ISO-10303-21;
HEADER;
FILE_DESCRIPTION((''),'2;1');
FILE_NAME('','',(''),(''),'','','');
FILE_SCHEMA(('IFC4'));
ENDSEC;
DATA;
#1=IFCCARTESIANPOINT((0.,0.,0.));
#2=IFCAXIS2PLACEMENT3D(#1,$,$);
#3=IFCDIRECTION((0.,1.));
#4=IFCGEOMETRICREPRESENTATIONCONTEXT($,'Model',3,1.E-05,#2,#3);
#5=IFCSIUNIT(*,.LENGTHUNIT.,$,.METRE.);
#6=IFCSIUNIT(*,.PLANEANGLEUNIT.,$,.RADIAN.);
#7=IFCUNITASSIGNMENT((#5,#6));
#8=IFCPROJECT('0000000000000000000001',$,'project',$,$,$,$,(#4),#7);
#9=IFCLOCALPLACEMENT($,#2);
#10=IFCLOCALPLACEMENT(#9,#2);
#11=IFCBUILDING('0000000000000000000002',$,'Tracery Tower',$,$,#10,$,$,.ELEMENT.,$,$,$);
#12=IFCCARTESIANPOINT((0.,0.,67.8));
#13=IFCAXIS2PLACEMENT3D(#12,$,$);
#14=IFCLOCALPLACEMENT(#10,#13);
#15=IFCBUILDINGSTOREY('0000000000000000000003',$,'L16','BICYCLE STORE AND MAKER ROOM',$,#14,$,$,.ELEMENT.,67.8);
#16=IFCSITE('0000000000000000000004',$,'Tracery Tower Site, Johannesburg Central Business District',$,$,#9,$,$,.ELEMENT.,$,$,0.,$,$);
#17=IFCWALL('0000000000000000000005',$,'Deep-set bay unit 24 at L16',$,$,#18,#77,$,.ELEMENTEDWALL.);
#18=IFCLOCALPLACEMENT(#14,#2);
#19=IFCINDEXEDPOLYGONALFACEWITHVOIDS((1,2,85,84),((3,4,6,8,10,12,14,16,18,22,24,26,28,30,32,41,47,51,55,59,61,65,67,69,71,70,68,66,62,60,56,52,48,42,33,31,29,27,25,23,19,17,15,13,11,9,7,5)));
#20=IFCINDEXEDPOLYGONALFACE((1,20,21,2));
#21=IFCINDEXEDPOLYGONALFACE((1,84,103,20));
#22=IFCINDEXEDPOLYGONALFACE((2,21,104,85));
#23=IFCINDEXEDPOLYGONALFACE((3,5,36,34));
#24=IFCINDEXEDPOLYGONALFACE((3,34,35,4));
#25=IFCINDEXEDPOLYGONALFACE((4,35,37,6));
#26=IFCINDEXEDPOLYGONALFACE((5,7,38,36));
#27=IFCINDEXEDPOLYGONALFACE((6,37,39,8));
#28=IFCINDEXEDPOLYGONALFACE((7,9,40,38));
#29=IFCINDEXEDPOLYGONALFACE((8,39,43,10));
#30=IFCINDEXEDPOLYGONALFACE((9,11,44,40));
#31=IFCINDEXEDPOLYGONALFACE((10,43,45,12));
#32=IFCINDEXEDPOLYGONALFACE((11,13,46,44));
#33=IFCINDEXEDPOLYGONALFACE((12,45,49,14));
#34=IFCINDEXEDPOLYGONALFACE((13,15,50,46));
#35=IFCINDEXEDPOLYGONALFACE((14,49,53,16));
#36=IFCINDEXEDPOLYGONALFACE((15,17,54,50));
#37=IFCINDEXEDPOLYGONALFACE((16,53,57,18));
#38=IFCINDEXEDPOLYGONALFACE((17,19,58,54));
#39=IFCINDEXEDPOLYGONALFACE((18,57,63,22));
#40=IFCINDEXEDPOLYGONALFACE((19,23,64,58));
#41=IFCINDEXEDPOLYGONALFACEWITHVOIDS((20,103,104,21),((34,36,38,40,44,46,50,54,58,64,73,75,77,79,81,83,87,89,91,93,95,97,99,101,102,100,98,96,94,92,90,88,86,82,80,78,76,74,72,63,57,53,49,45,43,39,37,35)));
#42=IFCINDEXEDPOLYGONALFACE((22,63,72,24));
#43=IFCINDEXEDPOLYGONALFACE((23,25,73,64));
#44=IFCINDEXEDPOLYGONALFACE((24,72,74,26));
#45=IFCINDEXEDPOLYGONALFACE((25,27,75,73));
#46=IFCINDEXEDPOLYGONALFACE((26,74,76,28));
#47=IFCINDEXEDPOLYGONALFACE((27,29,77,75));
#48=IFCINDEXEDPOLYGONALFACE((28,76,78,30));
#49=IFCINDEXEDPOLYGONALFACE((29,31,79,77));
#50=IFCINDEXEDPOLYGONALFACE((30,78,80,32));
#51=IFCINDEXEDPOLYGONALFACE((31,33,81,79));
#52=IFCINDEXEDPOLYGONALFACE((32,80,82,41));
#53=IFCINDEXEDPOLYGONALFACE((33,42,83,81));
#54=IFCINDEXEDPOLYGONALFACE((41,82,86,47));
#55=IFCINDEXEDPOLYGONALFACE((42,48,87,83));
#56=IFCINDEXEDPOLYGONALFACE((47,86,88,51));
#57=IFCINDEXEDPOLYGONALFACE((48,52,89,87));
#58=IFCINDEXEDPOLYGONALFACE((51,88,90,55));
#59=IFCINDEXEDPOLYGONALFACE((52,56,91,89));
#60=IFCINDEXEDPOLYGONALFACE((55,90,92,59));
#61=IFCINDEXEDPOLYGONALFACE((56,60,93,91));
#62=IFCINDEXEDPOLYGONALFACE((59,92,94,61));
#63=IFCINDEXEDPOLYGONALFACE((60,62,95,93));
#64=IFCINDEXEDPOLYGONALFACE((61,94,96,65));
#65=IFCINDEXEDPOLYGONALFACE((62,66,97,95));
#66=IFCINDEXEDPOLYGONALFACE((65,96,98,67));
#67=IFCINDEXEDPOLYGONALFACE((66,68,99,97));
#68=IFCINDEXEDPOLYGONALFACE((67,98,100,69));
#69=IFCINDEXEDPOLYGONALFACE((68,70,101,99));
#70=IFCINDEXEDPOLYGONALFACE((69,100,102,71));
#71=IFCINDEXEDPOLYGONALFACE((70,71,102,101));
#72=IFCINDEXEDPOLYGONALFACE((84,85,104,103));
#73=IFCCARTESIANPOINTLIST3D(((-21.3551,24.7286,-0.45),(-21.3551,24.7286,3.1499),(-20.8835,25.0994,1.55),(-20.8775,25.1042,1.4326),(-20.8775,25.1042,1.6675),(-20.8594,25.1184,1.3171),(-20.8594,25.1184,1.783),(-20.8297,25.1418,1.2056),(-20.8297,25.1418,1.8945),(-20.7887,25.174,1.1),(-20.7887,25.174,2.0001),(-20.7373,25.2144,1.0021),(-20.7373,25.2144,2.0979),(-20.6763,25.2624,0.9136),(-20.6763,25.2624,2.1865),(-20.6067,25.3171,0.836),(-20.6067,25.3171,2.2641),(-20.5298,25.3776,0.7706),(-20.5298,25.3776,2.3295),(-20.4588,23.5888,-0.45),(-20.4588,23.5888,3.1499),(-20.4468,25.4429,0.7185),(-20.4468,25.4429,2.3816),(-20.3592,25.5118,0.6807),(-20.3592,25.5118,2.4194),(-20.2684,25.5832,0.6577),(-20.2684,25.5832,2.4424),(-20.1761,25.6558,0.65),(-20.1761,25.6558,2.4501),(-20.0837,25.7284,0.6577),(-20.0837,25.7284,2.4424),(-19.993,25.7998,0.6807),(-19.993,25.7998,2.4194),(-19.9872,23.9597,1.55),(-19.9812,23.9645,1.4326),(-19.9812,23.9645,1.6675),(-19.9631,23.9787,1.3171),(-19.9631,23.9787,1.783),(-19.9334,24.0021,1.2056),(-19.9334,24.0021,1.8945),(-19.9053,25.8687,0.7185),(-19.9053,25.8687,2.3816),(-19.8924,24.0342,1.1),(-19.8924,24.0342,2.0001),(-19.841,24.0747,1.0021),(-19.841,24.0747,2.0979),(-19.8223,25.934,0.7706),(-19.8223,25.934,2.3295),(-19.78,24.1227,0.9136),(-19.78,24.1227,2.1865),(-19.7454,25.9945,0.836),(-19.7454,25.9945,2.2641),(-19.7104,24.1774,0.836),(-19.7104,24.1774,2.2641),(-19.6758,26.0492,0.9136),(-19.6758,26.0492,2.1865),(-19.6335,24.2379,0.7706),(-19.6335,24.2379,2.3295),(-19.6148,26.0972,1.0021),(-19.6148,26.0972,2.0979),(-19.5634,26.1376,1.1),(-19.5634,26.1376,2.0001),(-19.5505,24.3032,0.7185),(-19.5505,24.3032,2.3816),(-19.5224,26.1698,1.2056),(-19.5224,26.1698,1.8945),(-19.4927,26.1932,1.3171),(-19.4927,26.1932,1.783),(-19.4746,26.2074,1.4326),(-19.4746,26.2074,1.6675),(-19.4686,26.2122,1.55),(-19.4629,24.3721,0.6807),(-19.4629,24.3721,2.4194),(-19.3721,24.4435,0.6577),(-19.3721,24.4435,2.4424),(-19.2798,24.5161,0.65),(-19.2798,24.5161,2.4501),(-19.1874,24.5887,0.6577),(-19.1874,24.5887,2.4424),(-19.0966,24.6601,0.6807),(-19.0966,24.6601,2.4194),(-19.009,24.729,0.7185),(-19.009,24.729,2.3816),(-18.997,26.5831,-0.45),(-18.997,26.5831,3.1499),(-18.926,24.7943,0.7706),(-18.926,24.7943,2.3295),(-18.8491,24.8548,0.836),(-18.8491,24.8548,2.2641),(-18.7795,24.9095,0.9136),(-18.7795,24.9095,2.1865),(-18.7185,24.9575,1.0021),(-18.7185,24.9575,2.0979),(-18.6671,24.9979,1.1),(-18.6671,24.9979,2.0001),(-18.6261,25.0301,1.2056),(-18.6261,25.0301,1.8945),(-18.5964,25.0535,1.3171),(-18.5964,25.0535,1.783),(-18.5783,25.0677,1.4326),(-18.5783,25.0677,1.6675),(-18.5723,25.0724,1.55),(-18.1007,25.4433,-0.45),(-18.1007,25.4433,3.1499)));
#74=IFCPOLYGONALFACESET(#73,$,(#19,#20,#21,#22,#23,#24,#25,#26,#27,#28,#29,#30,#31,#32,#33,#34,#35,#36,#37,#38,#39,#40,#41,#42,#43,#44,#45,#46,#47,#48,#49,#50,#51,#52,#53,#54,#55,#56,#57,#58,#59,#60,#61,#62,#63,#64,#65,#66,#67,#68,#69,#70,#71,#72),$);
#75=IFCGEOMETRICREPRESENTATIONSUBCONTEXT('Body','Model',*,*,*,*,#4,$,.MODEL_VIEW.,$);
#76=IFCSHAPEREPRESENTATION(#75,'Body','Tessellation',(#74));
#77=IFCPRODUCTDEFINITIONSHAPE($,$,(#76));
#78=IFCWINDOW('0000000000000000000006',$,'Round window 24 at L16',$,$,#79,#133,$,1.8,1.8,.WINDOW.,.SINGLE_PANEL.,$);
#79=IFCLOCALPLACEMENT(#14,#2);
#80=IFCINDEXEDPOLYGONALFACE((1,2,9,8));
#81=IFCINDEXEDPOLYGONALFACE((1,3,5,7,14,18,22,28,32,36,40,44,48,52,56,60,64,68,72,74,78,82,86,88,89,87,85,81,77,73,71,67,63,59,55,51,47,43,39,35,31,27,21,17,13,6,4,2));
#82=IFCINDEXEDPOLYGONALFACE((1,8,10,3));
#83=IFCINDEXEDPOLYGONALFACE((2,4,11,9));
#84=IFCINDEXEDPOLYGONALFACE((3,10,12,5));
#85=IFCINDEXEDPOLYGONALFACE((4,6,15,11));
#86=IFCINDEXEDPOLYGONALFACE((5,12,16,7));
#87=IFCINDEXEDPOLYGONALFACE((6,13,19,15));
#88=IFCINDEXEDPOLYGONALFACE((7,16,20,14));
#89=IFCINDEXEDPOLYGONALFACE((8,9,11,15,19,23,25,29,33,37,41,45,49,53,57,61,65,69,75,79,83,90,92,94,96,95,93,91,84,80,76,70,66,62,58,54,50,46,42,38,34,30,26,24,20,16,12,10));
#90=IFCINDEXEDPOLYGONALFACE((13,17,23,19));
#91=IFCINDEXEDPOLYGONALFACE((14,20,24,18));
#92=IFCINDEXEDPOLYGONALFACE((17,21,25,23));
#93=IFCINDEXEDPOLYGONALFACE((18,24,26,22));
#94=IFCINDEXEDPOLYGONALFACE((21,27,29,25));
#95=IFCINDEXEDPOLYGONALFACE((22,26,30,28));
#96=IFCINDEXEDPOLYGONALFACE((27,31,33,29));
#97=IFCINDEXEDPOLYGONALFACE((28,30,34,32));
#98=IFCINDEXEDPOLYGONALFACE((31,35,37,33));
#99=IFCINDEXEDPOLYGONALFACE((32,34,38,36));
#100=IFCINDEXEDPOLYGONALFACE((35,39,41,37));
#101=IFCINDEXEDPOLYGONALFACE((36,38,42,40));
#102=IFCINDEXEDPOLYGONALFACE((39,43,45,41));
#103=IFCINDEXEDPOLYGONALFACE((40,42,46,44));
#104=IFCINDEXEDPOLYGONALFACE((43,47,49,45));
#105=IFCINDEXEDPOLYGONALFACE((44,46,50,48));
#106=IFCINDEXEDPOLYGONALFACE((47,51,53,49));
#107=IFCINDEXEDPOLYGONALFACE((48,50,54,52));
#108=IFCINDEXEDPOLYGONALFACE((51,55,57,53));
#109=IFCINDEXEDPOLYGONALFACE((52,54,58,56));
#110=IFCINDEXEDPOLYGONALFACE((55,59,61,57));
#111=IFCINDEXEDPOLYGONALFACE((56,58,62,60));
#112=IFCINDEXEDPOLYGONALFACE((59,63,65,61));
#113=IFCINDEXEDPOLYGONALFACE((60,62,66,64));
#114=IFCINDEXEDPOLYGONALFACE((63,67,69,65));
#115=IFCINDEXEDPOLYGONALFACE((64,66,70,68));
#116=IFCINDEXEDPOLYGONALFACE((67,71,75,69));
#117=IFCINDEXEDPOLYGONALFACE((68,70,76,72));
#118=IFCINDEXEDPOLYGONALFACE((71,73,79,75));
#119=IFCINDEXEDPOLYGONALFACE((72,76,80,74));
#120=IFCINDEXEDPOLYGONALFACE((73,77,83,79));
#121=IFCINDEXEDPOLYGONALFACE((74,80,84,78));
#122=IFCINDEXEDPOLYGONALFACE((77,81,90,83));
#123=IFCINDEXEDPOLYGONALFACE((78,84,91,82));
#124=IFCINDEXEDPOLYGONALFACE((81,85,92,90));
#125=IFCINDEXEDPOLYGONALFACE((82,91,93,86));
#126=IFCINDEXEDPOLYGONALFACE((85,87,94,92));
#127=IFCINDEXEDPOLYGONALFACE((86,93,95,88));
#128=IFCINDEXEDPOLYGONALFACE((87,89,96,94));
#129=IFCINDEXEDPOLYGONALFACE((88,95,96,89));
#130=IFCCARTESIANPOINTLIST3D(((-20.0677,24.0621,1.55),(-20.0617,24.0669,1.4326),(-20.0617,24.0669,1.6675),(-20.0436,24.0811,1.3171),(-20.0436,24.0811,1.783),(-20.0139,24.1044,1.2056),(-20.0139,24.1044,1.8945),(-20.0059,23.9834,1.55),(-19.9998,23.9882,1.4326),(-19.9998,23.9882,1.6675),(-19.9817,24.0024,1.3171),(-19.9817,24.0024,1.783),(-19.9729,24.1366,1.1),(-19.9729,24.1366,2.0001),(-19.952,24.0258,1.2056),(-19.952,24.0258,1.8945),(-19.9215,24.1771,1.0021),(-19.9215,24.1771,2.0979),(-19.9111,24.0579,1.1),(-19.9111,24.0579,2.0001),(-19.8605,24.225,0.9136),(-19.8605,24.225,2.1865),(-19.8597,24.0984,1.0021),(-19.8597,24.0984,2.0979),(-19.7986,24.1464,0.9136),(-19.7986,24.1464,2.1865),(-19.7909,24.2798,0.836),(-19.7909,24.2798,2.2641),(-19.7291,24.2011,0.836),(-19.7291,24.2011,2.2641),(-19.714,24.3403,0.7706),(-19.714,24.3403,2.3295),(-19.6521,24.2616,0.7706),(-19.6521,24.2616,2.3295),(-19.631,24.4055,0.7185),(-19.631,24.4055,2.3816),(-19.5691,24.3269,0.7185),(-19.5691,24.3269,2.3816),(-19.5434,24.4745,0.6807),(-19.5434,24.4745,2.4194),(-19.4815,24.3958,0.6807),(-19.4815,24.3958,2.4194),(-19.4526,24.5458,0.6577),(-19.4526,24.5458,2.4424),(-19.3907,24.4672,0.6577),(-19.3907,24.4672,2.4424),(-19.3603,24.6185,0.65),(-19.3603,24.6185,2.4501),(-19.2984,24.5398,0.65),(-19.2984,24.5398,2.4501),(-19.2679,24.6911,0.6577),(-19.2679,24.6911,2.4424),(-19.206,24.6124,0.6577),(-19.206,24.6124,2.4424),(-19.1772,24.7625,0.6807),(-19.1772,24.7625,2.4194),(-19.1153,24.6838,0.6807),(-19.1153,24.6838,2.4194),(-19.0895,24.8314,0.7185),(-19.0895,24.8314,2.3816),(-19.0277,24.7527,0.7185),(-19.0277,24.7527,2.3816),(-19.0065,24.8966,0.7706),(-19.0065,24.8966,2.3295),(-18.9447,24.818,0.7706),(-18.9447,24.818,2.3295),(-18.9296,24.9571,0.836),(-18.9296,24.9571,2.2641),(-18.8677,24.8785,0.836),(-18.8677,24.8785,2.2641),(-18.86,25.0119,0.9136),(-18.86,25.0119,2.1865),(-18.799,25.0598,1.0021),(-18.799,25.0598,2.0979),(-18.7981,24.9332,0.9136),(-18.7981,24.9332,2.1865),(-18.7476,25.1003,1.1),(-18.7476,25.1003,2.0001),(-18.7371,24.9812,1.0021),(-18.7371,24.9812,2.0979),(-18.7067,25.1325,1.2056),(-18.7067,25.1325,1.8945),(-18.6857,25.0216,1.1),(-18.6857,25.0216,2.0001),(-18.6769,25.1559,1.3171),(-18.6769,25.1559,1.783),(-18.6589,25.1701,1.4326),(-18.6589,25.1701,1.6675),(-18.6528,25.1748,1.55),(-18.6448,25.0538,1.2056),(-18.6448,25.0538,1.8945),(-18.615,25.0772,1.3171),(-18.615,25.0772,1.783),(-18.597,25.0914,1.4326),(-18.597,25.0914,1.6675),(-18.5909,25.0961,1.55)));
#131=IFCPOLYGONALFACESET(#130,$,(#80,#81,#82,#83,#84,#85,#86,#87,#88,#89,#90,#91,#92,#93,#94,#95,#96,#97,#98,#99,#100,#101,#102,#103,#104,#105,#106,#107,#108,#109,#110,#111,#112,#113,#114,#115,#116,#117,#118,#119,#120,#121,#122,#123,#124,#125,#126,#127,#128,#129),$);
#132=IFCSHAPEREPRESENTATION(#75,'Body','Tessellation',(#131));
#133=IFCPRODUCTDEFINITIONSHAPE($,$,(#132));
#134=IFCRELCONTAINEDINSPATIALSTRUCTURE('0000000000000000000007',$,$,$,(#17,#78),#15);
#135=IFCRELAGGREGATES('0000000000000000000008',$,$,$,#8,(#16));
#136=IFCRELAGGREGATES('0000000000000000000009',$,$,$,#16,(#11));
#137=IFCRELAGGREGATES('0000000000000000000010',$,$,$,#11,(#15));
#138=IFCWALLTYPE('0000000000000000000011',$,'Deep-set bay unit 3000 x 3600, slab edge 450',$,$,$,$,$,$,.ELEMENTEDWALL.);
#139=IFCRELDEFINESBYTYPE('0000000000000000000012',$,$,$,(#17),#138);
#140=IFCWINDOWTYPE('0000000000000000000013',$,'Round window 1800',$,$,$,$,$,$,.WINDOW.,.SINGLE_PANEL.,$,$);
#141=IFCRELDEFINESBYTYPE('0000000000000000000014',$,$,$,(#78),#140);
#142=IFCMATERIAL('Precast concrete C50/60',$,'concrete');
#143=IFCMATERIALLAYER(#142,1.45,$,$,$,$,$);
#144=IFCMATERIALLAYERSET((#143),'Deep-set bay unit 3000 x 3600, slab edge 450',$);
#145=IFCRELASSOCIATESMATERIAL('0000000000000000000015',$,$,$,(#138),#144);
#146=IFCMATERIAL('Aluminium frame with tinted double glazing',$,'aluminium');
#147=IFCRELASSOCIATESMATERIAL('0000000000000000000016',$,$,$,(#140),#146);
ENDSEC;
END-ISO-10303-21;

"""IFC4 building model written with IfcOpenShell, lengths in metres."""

from ifc_helpers import new_model, si_unit, direction, frame, frame_2d, origin, origin_2d, place, context, subcontext, project, spatial, rectangle, circle, extrude, material, layer, layer_set, type_object, element, fill, save


model = new_model("IFC4")

# Units and contexts
model_context = context("Model", 3, precision=1e-05, world=origin(), true_north=direction((0.0, 1.0)))
body_context = subcontext(model_context, "Body", "Model", "MODEL_VIEW")
ifc_project = project(units=[si_unit("LENGTHUNIT", "METRE"), si_unit("PLANEANGLEUNIT", "RADIAN")], contexts=[model_context])

# Site, building, storey
site_placement = place(None, origin())
site = spatial("IfcSite", under=ifc_project, at=site_placement, Name="Tracery Tower Site, Johannesburg Central Business District", CompositionType="ELEMENT", RefElevation=0.0)
building_placement = place(site_placement, origin())
building = spatial("IfcBuilding", under=site, at=building_placement, Name="Tracery Tower", CompositionType="ELEMENT")
storey_placement = place(building_placement, frame((0.0, 0.0, 67.8)))
storey = spatial("IfcBuildingStorey", under=building, at=storey_placement, Name="L16", Description="BICYCLE STORE AND MAKER ROOM", CompositionType="ELEMENT", Elevation=67.8)

# Wall, opening, window
ifc_material_1 = material(Name="Precast concrete C50/60", Category="concrete")
ifc_layer_1 = layer(ifc_material_1, 1.45)
ifc_layer_set_1 = layer_set([ifc_layer_1], Name="Deep-set bay unit 3000 x 3600, slab edge 450")
wall_type_1 = type_object("IfcWallType", Name="Deep-set bay unit 3000 x 3600, slab edge 450", PredefinedType="ELEMENTEDWALL", material=ifc_layer_set_1)
wall_1_placement = place(storey_placement, frame((-18.5488, 26.0132, -0.45), z_axis=(0.0, 0.0, 1.0), x_axis=(-0.78605, -0.618163, 0.0)))
wall_1 = element("IfcWall", 1, at=wall_1_placement, inside=storey, type_object=wall_type_1, Name="Deep-set bay unit 24 at L16", PredefinedType="ELEMENTEDWALL", context=body_context, shape_type="SweptSolid", body=[
    extrude(rectangle(XDim=3.0, YDim=1.45, at=frame_2d((1.5, 0.0))), origin(), (0.0, 0.0, 1.0), 3.5999),
])
opening_1_placement = place(wall_1_placement, frame((1.5, 0.0, 2.0)))
opening_1 = element("IfcOpeningElement", 2, at=opening_1_placement, cuts=wall_1, PredefinedType="OPENING", context=body_context, shape_type="SweptSolid", body=[
    extrude(circle(Radius=0.9, at=origin_2d()), frame((0.0, 0.7349, 0.0), z_axis=(0.0, -1.0, 0.0), x_axis=(1.0, 0.0, 0.0)), (0.0, 0.0, 1.0), 1.47),
])
ifc_material_2 = material(Name="Aluminium frame with tinted double glazing", Category="aluminium")
window_type = type_object("IfcWindowType", Name="Round window 1800", PartitioningType="SINGLE_PANEL", PredefinedType="WINDOW", material=ifc_material_2)
window_1_placement = place(opening_1_placement, origin())
window_1 = element("IfcWindow", 3, at=window_1_placement, inside=storey, type_object=window_type, Name="Round window 24 at L16", OverallHeight=1.8, OverallWidth=1.8, PartitioningType="SINGLE_PANEL", PredefinedType="WINDOW", context=body_context, shape_type="SweptSolid", body=[
    extrude(circle(Radius=0.9, at=origin_2d()), frame((0.0, 0.6948, 0.0), z_axis=(0.0, -1.0, 0.0), x_axis=(1.0, 0.0, 0.0)), (0.0, 0.0, 1.0), 0.1001),
])
fill(opening_1, window_1)

save(model, "model.ifc")
